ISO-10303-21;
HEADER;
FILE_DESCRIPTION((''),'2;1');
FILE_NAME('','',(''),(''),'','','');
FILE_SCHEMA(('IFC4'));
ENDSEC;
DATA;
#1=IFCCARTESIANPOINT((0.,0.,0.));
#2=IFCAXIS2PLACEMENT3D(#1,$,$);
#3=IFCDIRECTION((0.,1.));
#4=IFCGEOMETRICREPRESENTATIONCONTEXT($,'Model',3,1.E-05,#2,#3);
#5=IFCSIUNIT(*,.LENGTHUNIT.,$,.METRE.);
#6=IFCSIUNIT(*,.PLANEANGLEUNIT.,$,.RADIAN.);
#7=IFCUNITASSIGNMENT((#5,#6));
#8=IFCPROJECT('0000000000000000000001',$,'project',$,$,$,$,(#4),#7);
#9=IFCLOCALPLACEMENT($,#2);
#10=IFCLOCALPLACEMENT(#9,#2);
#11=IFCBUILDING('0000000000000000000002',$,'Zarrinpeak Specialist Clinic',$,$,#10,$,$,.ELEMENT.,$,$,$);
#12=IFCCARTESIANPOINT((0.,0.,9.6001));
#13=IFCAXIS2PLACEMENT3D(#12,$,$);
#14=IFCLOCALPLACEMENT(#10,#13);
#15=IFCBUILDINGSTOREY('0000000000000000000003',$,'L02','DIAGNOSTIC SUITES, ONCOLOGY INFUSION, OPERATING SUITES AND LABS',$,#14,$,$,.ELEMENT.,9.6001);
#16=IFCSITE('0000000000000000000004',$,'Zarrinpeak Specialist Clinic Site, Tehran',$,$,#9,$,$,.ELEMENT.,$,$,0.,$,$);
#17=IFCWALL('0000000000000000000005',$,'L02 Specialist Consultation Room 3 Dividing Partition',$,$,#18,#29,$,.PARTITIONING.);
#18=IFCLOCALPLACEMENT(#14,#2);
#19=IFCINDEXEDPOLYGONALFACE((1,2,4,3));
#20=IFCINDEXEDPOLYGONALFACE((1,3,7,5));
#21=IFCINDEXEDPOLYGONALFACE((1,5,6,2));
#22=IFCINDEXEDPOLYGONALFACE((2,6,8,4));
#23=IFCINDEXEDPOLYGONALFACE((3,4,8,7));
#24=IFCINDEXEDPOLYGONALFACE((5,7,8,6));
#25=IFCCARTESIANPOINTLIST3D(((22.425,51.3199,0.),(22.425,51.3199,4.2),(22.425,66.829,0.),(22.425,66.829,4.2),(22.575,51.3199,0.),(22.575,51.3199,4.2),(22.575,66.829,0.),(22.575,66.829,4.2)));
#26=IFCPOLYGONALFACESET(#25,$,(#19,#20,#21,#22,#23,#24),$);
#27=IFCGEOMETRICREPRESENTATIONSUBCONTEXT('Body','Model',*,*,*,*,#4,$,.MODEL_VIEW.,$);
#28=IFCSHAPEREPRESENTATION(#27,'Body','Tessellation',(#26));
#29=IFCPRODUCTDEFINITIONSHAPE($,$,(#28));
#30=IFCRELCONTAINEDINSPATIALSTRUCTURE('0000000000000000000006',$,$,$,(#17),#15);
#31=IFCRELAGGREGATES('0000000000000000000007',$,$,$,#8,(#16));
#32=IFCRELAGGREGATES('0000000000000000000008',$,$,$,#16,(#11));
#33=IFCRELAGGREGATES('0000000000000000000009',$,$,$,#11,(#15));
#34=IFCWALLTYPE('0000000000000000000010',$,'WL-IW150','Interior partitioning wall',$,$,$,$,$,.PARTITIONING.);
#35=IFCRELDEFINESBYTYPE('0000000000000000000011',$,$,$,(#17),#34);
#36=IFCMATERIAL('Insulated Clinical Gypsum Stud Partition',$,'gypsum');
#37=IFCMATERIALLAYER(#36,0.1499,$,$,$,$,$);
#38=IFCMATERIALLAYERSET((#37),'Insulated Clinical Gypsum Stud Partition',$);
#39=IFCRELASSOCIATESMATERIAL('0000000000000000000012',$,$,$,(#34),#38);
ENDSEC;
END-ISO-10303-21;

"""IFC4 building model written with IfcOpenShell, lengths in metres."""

from ifc_helpers import new_model, si_unit, direction, frame, frame_2d, origin, place, context, subcontext, project, spatial, rectangle, extrude, material, layer, layer_set, type_object, element, save


model = new_model("IFC4")

# Units and contexts
model_context = context("Model", 3, precision=1e-05, world=origin(), true_north=direction((0.0, 1.0)))
body_context = subcontext(model_context, "Body", "Model", "MODEL_VIEW")
ifc_project = project(units=[si_unit("LENGTHUNIT", "METRE"), si_unit("PLANEANGLEUNIT", "RADIAN")], contexts=[model_context])

# Site, building, storey
site_placement = place(None, origin())
site = spatial("IfcSite", under=ifc_project, at=site_placement, Name="Zarrinpeak Specialist Clinic Site, Tehran", CompositionType="ELEMENT", RefElevation=0.0)
building_placement = place(site_placement, origin())
building = spatial("IfcBuilding", under=site, at=building_placement, Name="Zarrinpeak Specialist Clinic", CompositionType="ELEMENT")
storey_placement = place(building_placement, frame((0.0, 0.0, 9.6001)))
storey = spatial("IfcBuildingStorey", under=building, at=storey_placement, Name="L02", Description="DIAGNOSTIC SUITES, ONCOLOGY INFUSION, OPERATING SUITES AND LABS", CompositionType="ELEMENT", Elevation=9.6001)

# Wall
ifc_material_1 = material(Name="Insulated Clinical Gypsum Stud Partition", Category="gypsum")
ifc_layer_1 = layer(ifc_material_1, 0.1499)
ifc_layer_set_1 = layer_set([ifc_layer_1], Name="Insulated Clinical Gypsum Stud Partition")
wall_type_1 = type_object("IfcWallType", Name="WL-IW150", Description="Interior partitioning wall", PredefinedType="PARTITIONING", material=ifc_layer_set_1)
wall_1_placement = place(storey_placement, frame((22.5, 51.3201, 0.0), z_axis=(0.0, 0.0, 1.0), x_axis=(0.0, 1.0, 0.0)))
element("IfcWall", 1, at=wall_1_placement, inside=storey, type_object=wall_type_1, Name="L02 Specialist Consultation Room 3 Dividing Partition", PredefinedType="PARTITIONING", context=body_context, shape_type="SweptSolid", body=[
    extrude(rectangle(XDim=15.509, YDim=0.1499, at=frame_2d((7.7544, 0.0))), origin(), (0.0, 0.0, 1.0), 4.2),
])

save(model, "model.ifc")
